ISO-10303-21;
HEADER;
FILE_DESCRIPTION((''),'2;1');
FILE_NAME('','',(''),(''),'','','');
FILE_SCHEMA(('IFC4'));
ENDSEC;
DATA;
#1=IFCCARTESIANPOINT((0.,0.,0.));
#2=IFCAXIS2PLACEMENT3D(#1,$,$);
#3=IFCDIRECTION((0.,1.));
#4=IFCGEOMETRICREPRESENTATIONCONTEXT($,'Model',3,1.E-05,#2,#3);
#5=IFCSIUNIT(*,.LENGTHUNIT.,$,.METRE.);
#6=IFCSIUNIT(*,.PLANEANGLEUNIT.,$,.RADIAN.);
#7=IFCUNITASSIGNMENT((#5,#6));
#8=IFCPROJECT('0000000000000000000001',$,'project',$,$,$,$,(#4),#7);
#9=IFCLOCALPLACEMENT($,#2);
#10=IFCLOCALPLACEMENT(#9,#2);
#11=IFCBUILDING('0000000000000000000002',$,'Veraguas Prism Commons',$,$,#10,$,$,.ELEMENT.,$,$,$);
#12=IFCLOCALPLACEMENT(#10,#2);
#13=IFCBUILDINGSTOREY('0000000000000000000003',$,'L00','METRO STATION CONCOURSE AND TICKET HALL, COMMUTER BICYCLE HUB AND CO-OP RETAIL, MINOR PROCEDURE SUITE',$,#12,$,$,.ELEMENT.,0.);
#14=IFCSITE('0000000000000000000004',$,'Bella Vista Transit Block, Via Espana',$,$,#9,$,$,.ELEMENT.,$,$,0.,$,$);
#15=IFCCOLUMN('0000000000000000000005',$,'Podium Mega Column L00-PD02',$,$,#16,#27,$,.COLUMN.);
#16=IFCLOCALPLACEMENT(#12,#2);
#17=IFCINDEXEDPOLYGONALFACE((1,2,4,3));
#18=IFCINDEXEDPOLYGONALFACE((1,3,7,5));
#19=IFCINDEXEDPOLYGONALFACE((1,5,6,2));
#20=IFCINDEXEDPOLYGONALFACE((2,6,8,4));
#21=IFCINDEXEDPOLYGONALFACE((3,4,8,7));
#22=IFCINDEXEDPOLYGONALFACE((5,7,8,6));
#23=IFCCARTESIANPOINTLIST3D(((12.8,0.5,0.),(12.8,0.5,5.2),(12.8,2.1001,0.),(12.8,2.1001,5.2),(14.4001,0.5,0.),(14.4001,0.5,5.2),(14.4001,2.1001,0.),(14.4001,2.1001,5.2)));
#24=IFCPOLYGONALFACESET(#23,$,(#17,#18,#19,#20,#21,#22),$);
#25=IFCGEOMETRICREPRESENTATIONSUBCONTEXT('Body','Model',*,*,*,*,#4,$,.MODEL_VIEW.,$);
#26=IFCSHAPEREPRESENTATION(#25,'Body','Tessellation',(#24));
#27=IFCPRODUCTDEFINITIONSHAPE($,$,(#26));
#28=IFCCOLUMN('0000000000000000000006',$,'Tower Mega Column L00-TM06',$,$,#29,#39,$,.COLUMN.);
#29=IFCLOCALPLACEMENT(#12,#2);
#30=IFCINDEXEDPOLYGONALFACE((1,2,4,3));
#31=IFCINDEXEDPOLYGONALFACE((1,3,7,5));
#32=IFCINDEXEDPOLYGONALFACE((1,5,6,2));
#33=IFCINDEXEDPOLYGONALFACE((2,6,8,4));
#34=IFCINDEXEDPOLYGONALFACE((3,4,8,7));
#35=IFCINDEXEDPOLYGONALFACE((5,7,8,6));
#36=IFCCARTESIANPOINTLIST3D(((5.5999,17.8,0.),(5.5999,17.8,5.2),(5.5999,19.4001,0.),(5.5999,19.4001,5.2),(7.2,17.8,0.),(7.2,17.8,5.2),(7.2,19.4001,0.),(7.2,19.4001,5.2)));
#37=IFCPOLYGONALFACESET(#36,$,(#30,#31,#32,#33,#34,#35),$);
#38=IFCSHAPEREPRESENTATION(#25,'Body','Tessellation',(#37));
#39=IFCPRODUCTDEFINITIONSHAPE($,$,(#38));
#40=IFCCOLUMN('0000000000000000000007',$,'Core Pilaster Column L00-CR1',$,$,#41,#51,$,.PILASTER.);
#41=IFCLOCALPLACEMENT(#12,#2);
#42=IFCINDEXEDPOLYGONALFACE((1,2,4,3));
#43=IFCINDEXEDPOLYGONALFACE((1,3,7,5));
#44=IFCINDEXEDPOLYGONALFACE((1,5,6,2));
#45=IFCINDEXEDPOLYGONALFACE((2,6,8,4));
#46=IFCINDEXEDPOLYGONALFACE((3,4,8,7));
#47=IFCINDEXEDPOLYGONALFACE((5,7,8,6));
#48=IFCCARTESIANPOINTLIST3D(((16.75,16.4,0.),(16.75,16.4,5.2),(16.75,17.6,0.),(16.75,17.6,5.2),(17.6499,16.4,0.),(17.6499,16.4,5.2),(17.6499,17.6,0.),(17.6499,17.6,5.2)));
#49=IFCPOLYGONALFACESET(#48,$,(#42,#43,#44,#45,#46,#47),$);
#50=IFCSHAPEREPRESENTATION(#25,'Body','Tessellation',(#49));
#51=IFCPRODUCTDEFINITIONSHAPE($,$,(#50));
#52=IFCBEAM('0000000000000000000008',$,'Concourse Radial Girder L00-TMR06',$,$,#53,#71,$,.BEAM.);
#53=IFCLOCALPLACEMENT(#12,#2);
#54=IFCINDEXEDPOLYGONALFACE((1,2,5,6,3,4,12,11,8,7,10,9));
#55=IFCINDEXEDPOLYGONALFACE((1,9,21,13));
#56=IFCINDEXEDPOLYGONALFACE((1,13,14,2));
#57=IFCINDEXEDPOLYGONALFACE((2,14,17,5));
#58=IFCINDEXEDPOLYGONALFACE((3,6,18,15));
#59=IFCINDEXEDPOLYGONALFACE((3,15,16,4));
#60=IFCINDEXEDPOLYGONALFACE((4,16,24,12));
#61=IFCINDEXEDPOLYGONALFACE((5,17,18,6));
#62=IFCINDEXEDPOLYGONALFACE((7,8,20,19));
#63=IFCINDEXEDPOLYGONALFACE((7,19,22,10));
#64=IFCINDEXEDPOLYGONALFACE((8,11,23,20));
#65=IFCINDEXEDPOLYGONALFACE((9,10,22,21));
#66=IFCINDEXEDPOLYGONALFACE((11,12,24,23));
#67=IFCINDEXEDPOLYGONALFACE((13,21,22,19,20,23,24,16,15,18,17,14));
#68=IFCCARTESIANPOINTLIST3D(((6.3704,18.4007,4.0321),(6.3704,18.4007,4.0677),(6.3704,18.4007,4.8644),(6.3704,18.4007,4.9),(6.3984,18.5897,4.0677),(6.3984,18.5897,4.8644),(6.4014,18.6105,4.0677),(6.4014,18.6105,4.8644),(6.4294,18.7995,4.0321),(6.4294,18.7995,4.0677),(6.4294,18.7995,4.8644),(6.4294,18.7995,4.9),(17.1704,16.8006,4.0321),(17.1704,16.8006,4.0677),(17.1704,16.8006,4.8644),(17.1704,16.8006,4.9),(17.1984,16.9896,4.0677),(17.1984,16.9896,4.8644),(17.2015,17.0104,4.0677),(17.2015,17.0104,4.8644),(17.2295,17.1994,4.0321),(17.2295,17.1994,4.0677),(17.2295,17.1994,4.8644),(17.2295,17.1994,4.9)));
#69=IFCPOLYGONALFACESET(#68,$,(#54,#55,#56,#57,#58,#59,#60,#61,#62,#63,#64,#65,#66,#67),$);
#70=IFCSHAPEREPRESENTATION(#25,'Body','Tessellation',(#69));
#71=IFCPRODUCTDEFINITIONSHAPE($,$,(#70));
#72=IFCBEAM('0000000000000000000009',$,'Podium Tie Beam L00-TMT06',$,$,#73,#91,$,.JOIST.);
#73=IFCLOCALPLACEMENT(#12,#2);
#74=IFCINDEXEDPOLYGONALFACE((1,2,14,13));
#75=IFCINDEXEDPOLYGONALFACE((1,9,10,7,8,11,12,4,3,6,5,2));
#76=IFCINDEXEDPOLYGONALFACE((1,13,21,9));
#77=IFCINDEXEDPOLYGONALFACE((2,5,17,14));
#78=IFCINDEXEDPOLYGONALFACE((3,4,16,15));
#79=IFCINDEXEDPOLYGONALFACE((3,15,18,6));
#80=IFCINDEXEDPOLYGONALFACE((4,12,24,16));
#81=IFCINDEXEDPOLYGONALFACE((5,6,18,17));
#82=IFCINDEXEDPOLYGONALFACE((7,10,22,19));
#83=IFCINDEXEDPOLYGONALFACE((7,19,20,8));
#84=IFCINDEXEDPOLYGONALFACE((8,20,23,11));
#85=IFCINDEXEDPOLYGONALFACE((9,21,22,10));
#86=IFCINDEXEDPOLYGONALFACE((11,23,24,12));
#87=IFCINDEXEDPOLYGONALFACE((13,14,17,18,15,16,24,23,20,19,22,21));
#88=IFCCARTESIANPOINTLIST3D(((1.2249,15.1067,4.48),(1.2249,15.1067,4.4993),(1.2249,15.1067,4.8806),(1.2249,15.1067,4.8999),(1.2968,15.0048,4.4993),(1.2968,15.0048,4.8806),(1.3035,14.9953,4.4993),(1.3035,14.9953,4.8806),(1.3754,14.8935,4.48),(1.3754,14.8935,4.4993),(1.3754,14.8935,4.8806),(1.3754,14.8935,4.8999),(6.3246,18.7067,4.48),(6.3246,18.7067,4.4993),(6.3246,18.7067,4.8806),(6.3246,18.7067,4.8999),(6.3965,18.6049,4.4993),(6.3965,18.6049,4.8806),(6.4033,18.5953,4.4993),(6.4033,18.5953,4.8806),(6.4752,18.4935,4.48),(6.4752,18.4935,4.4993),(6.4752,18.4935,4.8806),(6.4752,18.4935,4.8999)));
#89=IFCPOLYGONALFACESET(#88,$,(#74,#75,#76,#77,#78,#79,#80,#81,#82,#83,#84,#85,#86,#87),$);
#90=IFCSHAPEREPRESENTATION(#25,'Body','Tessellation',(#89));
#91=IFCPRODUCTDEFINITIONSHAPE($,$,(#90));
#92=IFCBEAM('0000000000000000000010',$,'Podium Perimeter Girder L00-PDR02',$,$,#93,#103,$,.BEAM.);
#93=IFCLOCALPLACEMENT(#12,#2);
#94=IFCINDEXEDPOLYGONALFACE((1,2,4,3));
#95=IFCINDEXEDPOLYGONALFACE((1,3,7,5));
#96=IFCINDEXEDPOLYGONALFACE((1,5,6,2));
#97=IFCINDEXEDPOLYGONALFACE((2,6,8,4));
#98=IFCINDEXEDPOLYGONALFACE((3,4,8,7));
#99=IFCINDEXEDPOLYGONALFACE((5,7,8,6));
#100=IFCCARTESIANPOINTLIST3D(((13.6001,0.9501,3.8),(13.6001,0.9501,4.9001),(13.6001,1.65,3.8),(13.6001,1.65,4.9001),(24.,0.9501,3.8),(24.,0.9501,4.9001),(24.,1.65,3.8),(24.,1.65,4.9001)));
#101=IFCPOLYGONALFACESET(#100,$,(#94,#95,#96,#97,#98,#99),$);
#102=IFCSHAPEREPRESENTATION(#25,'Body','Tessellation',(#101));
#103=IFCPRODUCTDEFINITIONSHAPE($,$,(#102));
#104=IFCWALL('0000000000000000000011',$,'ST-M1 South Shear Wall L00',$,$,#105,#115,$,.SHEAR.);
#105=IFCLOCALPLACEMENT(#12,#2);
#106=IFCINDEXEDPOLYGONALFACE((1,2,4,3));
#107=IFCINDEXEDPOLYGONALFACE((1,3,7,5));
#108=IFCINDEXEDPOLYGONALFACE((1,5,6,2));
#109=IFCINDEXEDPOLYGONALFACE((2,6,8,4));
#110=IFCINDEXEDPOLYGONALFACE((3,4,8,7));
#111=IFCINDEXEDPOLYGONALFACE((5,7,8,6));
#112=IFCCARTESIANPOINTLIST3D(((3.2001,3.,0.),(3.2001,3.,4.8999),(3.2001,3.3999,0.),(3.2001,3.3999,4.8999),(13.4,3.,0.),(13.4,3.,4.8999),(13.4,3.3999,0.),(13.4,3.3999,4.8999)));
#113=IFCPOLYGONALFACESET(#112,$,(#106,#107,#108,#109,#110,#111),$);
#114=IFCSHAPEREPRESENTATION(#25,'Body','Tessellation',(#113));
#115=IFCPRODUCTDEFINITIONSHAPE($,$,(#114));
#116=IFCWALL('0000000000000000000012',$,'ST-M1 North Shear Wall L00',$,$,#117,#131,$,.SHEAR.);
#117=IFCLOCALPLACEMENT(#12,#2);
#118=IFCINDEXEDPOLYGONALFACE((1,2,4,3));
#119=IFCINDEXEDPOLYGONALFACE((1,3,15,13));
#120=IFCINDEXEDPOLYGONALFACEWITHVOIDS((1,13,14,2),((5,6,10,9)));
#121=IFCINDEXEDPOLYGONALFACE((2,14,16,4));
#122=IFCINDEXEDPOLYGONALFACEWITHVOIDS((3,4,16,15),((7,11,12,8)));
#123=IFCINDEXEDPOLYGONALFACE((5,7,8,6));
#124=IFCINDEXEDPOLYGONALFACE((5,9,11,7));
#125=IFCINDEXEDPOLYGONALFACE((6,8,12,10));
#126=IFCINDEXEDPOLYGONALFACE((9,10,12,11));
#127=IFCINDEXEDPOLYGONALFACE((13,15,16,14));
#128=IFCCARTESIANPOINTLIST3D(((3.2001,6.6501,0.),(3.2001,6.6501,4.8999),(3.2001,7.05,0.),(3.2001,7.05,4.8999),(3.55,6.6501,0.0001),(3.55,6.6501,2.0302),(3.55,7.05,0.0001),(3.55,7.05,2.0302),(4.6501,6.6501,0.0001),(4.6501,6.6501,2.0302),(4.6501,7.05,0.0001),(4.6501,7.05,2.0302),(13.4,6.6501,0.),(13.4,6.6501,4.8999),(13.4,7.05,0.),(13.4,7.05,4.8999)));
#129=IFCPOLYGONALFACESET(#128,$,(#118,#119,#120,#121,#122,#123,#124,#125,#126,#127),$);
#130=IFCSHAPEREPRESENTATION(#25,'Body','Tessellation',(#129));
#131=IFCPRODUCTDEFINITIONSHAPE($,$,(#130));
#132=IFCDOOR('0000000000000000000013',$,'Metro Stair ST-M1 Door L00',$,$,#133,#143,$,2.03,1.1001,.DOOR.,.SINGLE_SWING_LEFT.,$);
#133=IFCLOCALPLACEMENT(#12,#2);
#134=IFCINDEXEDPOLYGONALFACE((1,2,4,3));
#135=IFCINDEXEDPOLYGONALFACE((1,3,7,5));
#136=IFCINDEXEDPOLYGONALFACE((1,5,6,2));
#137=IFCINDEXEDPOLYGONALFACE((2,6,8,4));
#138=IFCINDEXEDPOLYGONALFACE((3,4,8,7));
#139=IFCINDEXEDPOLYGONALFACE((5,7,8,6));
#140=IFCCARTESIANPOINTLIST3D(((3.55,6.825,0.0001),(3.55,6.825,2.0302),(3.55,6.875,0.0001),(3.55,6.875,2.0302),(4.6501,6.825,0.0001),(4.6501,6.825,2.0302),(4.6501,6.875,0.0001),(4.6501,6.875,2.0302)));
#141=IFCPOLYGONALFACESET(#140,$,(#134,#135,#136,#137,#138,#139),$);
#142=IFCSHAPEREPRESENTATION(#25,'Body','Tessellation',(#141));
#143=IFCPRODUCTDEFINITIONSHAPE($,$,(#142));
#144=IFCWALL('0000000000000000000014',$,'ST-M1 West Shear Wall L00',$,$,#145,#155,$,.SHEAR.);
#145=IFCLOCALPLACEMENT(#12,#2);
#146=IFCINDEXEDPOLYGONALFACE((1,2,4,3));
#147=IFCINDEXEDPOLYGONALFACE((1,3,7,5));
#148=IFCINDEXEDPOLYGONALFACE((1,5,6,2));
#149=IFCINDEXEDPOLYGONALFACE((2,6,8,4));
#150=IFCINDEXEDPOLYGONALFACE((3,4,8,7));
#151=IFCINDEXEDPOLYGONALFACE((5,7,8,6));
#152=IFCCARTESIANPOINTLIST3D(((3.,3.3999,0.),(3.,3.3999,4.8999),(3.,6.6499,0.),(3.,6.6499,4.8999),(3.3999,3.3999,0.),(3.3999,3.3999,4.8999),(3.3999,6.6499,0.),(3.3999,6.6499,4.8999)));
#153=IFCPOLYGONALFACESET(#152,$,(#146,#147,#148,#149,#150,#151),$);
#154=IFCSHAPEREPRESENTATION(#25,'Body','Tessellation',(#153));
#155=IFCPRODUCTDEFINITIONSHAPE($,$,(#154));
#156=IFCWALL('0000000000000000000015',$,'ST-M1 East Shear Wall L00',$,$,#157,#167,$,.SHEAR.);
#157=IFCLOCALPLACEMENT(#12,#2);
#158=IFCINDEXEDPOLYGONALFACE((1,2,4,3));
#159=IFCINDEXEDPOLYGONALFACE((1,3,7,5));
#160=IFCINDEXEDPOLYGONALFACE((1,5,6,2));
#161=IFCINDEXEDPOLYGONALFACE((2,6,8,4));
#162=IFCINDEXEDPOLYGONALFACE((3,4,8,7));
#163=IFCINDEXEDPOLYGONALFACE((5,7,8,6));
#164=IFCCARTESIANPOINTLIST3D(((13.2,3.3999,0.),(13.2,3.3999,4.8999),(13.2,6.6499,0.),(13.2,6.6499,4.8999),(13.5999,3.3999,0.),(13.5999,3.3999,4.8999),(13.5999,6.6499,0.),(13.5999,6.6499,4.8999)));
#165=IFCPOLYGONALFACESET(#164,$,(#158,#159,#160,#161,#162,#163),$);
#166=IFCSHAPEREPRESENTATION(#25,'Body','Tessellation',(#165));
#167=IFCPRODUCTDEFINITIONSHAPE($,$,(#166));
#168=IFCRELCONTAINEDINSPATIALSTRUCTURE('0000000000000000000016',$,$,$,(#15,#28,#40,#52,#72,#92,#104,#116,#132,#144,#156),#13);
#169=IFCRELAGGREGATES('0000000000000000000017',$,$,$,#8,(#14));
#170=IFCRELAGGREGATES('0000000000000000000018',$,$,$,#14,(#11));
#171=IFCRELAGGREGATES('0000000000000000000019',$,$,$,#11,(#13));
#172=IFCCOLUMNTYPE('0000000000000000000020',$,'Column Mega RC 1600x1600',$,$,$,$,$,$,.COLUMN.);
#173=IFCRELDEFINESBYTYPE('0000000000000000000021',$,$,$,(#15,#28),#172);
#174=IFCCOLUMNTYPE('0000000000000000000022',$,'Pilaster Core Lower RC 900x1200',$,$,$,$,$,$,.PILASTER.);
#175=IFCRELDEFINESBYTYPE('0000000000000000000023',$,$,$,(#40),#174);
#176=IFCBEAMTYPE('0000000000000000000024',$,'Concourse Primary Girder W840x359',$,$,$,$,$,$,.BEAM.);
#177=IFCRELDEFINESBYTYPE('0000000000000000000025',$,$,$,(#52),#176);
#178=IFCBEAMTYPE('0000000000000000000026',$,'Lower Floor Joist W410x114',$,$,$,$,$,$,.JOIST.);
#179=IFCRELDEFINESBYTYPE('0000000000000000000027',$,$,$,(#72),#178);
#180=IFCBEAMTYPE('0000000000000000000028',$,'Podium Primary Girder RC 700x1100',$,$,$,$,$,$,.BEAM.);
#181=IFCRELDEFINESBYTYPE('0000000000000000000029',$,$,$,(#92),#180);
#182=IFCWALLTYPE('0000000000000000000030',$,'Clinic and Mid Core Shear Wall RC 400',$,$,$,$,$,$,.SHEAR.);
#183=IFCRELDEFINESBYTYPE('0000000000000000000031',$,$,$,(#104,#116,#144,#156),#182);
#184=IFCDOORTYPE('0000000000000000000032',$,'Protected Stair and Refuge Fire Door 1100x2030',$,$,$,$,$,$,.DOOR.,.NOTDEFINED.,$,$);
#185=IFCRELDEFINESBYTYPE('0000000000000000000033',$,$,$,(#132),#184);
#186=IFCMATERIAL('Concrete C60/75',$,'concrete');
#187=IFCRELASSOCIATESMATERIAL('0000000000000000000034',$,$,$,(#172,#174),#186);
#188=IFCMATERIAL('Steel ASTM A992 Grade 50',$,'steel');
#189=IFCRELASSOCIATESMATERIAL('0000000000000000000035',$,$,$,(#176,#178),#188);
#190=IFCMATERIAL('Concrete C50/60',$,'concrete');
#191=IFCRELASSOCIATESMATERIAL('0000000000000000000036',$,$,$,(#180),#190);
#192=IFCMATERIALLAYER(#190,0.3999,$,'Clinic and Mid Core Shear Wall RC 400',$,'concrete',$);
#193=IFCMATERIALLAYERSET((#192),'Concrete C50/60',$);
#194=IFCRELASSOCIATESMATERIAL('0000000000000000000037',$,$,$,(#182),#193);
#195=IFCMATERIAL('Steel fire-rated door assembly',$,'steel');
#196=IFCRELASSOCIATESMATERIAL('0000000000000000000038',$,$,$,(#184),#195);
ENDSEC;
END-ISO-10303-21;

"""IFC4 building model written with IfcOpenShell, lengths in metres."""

from ifc_helpers import new_model, si_unit, direction, frame, frame_2d, origin, origin_2d, place, context, subcontext, project, spatial, rectangle, i_section, extrude, source, transform, mapped, material, layer, layer_set, material_profile, profile_set, type_object, element, fill, save


model = new_model("IFC4")

# Units and contexts
model_context = context("Model", 3, precision=1e-05, world=origin(), true_north=direction((0.0, 1.0)))
body_context = subcontext(model_context, "Body", "Model", "MODEL_VIEW")
ifc_project = project(units=[si_unit("LENGTHUNIT", "METRE"), si_unit("PLANEANGLEUNIT", "RADIAN")], contexts=[model_context])

# Site, building, storey
site_placement = place(None, origin())
site = spatial("IfcSite", under=ifc_project, at=site_placement, Name="Bella Vista Transit Block, Via Espana", CompositionType="ELEMENT", RefElevation=0.0)
building_placement = place(site_placement, origin())
building = spatial("IfcBuilding", under=site, at=building_placement, Name="Veraguas Prism Commons", CompositionType="ELEMENT")
storey_placement = place(building_placement, origin())
storey = spatial("IfcBuildingStorey", under=building, at=storey_placement, Name="L00", Description="METRO STATION CONCOURSE AND TICKET HALL, COMMUTER BICYCLE HUB AND CO-OP RETAIL, MINOR PROCEDURE SUITE", CompositionType="ELEMENT", Elevation=0.0)

# Columns
ifc_material_1 = material(Name="Concrete C60/75", Category="concrete")
ifc_material_profile_1 = material_profile(ifc_material_1, rectangle(XDim=1.6001, YDim=1.6001, at=origin_2d()), Name="RC1600X1600")
ifc_profile_set_1 = profile_set([ifc_material_profile_1], Name="Concrete C60/75")
column_type_1 = type_object("IfcColumnType", Name="Column Mega RC 1600x1600", PredefinedType="COLUMN", material=ifc_profile_set_1)
for number, where, z_axis, x_axis, name in (
    (1, (13.6001, 1.3, 0.0), (0.0, 0.0, 1.0), (1.0, 0.0, 0.0), "Podium Mega Column L00-PD02"),
    (2, (6.3999, 18.6001, 0.0), (0.0, 0.0, 1.0), (1.0, 0.0, 0.0), "Tower Mega Column L00-TM06"),
):
    element("IfcColumn", number, at=place(storey_placement, frame(where, z_axis=z_axis, x_axis=x_axis)), inside=storey, type_object=column_type_1, Name=name, PredefinedType="COLUMN", context=body_context, shape_type="SweptSolid", body=[
        extrude(rectangle(XDim=1.6001, YDim=1.6001, at=origin_2d()), origin(), (0.0, 0.0, 1.0), 5.2),
    ])
ifc_material_profile_2 = material_profile(ifc_material_1, rectangle(XDim=0.8999, YDim=1.2, at=origin_2d()), Name="RC900X1200")
ifc_profile_set_2 = profile_set([ifc_material_profile_2], Name="Concrete C60/75")
column_type_2 = type_object("IfcColumnType", Name="Pilaster Core Lower RC 900x1200", PredefinedType="PILASTER", material=ifc_profile_set_2)
column_placement = place(storey_placement, frame((17.2, 17.0, 0.0), z_axis=(0.0, 0.0, 1.0), x_axis=(1.0, 0.0, 0.0)))
element("IfcColumn", 3, at=column_placement, inside=storey, type_object=column_type_2, Name="Core Pilaster Column L00-CR1", PredefinedType="PILASTER", context=body_context, shape_type="SweptSolid", body=[
    extrude(rectangle(XDim=0.8999, YDim=1.2, at=origin_2d()), origin(), (0.0, 0.0, 1.0), 5.2),
])

# Beams
ifc_material_2 = material(Name="Steel ASTM A992 Grade 50", Category="steel")
ifc_material_profile_3 = material_profile(ifc_material_2, i_section(OverallWidth=0.4031, OverallDepth=0.8679, WebThickness=0.021, FlangeThickness=0.0356, at=origin_2d()), Name="W840X359")
ifc_profile_set_3 = profile_set([ifc_material_profile_3], Name="Steel ASTM A992 Grade 50")
beam_type_1 = type_object("IfcBeamType", Name="Concourse Primary Girder W840x359", PredefinedType="BEAM", material=ifc_profile_set_3)
beam_1_placement = place(storey_placement, frame((6.3999, 18.6001, 4.4661), z_axis=(0.989202, -0.146557, 0.0), x_axis=(0.146557, 0.989202, 0.0)))
element("IfcBeam", 4, at=beam_1_placement, inside=storey, type_object=beam_type_1, Name="Concourse Radial Girder L00-TMR06", PredefinedType="BEAM", context=body_context, shape_type="SweptSolid", body=[
    extrude(i_section(OverallWidth=0.4031, OverallDepth=0.8679, WebThickness=0.021, FlangeThickness=0.0356, at=origin_2d()), origin(), (0.0, 0.0, 1.0), 10.918),
])
ifc_material_profile_4 = material_profile(ifc_material_2, i_section(OverallWidth=0.261, OverallDepth=0.4199, WebThickness=0.0117, FlangeThickness=0.0193, at=origin_2d()), Name="W410X114")
ifc_profile_set_4 = profile_set([ifc_material_profile_4], Name="Steel ASTM A992 Grade 50")
beam_type_2 = type_object("IfcBeamType", Name="Lower Floor Joist W410x114", PredefinedType="JOIST", material=ifc_profile_set_4)
beam_2_placement = place(storey_placement, frame((6.3999, 18.6001, 4.6899), z_axis=(-0.816953, -0.576705, 0.0), x_axis=(0.576705, -0.816953, 0.0)))
element("IfcBeam", 5, at=beam_2_placement, inside=storey, type_object=beam_type_2, Name="Podium Tie Beam L00-TMT06", PredefinedType="JOIST", context=body_context, shape_type="SweptSolid", body=[
    extrude(i_section(OverallWidth=0.261, OverallDepth=0.4199, WebThickness=0.0117, FlangeThickness=0.0193, at=origin_2d()), origin(), (0.0, 0.0, 1.0), 6.2424),
])
ifc_material_3 = material(Name="Concrete C50/60", Category="concrete")
ifc_material_profile_5 = material_profile(ifc_material_3, rectangle(XDim=0.7, YDim=1.1001, at=origin_2d()), Name="RC700X1100")
ifc_profile_set_5 = profile_set([ifc_material_profile_5], Name="Concrete C50/60")
beam_type_3 = type_object("IfcBeamType", Name="Podium Primary Girder RC 700x1100", PredefinedType="BEAM", material=ifc_profile_set_5)
beam_3_placement = place(storey_placement, frame((13.6001, 1.3, 4.3501), z_axis=(1.0, 0.0, 0.0), x_axis=(0.0, 1.0, 0.0)))
element("IfcBeam", 6, at=beam_3_placement, inside=storey, type_object=beam_type_3, Name="Podium Perimeter Girder L00-PDR02", PredefinedType="BEAM", context=body_context, shape_type="SweptSolid", body=[
    extrude(rectangle(XDim=0.7, YDim=1.1001, at=origin_2d()), origin(), (0.0, 0.0, 1.0), 10.3999),
])

# Wall
ifc_layer_1 = layer(ifc_material_3, 0.3999, Name="Clinic and Mid Core Shear Wall RC 400", Category="concrete")
ifc_layer_set_1 = layer_set([ifc_layer_1], Name="Concrete C50/60")
wall_type_1 = type_object("IfcWallType", Name="Clinic and Mid Core Shear Wall RC 400", PredefinedType="SHEAR", material=ifc_layer_set_1)
wall_1_placement = place(storey_placement, frame((3.2, 3.2, 0.0), z_axis=(0.0, 0.0, 1.0), x_axis=(1.0, 0.0, 0.0)))
element("IfcWall", 7, at=wall_1_placement, inside=storey, type_object=wall_type_1, Name="ST-M1 South Shear Wall L00", PredefinedType="SHEAR", context=body_context, shape_type="SweptSolid", body=[
    extrude(rectangle(XDim=10.2, YDim=0.3999, at=frame_2d((5.1001, 0.0))), origin(), (0.0, 0.0, 1.0), 4.8999),
])

# Wall, opening, door
wall_2_placement = place(storey_placement, frame((3.2, 6.8501, 0.0), z_axis=(0.0, 0.0, 1.0), x_axis=(1.0, 0.0, 0.0)))
wall_2 = element("IfcWall", 8, at=wall_2_placement, inside=storey, type_object=wall_type_1, Name="ST-M1 North Shear Wall L00", PredefinedType="SHEAR", context=body_context, shape_type="SweptSolid", body=[
    extrude(rectangle(XDim=10.2, YDim=0.3999, at=frame_2d((5.1001, 0.0))), origin(), (0.0, 0.0, 1.0), 4.8999),
])
opening_1_placement = place(wall_2_placement, frame((0.3501, 0.0, 0.0)))
opening_1 = element("IfcOpeningElement", 9, at=opening_1_placement, cuts=wall_2, PredefinedType="OPENING", context=body_context, shape_type="SweptSolid", body=[
    extrude(rectangle(XDim=1.1001, YDim=2.03, at=frame_2d((0.55, 1.0151))), frame((0.0, 0.21, 0.0), z_axis=(0.0, -1.0, 0.0), x_axis=(1.0, 0.0, 0.0)), (0.0, 0.0, 1.0), 0.4199),
])
ifc_material_4 = material(Name="Steel fire-rated door assembly", Category="steel")
door_type_1 = type_object("IfcDoorType", Name="Protected Stair and Refuge Fire Door 1100x2030", OperationType="NOTDEFINED", PredefinedType="DOOR", material=ifc_material_4)
shared_shape_1 = source(origin(), body_context, "Body", "SweptSolid", [
    extrude(rectangle(XDim=1.1001, YDim=2.03, at=frame_2d((0.55, 1.0151))), frame((0.0, 0.0249, 0.0), z_axis=(0.0, -1.0, 0.0), x_axis=(1.0, 0.0, 0.0)), (0.0, 0.0, 1.0), 0.05),
])
door_1_placement = place(opening_1_placement, origin())
door_1 = element("IfcDoor", 10, at=door_1_placement, inside=storey, type_object=door_type_1, Name="Metro Stair ST-M1 Door L00", OperationType="SINGLE_SWING_LEFT", OverallHeight=2.03, OverallWidth=1.1001, PredefinedType="DOOR", context=body_context, shape_type="MappedRepresentation", body=[
    mapped(shared_shape_1, transform((0.0, 0.0, 0.0), scale=1.0)),
])
fill(opening_1, door_1)

# Walls
for number, where, z_axis, x_axis, name in (
    (11, (3.2, 3.3999, 0.0), (0.0, 0.0, 1.0), (0.0, 1.0, 0.0), "ST-M1 West Shear Wall L00"),
    (12, (13.3999, 3.3999, 0.0), (0.0, 0.0, 1.0), (0.0, 1.0, 0.0), "ST-M1 East Shear Wall L00"),
):
    element("IfcWall", number, at=place(storey_placement, frame(where, z_axis=z_axis, x_axis=x_axis)), inside=storey, type_object=wall_type_1, Name=name, PredefinedType="SHEAR", context=body_context, shape_type="SweptSolid", body=[
        extrude(rectangle(XDim=3.25, YDim=0.3999, at=frame_2d((1.625, 0.0))), origin(), (0.0, 0.0, 1.0), 4.8999),
    ])

save(model, "model.ifc")
